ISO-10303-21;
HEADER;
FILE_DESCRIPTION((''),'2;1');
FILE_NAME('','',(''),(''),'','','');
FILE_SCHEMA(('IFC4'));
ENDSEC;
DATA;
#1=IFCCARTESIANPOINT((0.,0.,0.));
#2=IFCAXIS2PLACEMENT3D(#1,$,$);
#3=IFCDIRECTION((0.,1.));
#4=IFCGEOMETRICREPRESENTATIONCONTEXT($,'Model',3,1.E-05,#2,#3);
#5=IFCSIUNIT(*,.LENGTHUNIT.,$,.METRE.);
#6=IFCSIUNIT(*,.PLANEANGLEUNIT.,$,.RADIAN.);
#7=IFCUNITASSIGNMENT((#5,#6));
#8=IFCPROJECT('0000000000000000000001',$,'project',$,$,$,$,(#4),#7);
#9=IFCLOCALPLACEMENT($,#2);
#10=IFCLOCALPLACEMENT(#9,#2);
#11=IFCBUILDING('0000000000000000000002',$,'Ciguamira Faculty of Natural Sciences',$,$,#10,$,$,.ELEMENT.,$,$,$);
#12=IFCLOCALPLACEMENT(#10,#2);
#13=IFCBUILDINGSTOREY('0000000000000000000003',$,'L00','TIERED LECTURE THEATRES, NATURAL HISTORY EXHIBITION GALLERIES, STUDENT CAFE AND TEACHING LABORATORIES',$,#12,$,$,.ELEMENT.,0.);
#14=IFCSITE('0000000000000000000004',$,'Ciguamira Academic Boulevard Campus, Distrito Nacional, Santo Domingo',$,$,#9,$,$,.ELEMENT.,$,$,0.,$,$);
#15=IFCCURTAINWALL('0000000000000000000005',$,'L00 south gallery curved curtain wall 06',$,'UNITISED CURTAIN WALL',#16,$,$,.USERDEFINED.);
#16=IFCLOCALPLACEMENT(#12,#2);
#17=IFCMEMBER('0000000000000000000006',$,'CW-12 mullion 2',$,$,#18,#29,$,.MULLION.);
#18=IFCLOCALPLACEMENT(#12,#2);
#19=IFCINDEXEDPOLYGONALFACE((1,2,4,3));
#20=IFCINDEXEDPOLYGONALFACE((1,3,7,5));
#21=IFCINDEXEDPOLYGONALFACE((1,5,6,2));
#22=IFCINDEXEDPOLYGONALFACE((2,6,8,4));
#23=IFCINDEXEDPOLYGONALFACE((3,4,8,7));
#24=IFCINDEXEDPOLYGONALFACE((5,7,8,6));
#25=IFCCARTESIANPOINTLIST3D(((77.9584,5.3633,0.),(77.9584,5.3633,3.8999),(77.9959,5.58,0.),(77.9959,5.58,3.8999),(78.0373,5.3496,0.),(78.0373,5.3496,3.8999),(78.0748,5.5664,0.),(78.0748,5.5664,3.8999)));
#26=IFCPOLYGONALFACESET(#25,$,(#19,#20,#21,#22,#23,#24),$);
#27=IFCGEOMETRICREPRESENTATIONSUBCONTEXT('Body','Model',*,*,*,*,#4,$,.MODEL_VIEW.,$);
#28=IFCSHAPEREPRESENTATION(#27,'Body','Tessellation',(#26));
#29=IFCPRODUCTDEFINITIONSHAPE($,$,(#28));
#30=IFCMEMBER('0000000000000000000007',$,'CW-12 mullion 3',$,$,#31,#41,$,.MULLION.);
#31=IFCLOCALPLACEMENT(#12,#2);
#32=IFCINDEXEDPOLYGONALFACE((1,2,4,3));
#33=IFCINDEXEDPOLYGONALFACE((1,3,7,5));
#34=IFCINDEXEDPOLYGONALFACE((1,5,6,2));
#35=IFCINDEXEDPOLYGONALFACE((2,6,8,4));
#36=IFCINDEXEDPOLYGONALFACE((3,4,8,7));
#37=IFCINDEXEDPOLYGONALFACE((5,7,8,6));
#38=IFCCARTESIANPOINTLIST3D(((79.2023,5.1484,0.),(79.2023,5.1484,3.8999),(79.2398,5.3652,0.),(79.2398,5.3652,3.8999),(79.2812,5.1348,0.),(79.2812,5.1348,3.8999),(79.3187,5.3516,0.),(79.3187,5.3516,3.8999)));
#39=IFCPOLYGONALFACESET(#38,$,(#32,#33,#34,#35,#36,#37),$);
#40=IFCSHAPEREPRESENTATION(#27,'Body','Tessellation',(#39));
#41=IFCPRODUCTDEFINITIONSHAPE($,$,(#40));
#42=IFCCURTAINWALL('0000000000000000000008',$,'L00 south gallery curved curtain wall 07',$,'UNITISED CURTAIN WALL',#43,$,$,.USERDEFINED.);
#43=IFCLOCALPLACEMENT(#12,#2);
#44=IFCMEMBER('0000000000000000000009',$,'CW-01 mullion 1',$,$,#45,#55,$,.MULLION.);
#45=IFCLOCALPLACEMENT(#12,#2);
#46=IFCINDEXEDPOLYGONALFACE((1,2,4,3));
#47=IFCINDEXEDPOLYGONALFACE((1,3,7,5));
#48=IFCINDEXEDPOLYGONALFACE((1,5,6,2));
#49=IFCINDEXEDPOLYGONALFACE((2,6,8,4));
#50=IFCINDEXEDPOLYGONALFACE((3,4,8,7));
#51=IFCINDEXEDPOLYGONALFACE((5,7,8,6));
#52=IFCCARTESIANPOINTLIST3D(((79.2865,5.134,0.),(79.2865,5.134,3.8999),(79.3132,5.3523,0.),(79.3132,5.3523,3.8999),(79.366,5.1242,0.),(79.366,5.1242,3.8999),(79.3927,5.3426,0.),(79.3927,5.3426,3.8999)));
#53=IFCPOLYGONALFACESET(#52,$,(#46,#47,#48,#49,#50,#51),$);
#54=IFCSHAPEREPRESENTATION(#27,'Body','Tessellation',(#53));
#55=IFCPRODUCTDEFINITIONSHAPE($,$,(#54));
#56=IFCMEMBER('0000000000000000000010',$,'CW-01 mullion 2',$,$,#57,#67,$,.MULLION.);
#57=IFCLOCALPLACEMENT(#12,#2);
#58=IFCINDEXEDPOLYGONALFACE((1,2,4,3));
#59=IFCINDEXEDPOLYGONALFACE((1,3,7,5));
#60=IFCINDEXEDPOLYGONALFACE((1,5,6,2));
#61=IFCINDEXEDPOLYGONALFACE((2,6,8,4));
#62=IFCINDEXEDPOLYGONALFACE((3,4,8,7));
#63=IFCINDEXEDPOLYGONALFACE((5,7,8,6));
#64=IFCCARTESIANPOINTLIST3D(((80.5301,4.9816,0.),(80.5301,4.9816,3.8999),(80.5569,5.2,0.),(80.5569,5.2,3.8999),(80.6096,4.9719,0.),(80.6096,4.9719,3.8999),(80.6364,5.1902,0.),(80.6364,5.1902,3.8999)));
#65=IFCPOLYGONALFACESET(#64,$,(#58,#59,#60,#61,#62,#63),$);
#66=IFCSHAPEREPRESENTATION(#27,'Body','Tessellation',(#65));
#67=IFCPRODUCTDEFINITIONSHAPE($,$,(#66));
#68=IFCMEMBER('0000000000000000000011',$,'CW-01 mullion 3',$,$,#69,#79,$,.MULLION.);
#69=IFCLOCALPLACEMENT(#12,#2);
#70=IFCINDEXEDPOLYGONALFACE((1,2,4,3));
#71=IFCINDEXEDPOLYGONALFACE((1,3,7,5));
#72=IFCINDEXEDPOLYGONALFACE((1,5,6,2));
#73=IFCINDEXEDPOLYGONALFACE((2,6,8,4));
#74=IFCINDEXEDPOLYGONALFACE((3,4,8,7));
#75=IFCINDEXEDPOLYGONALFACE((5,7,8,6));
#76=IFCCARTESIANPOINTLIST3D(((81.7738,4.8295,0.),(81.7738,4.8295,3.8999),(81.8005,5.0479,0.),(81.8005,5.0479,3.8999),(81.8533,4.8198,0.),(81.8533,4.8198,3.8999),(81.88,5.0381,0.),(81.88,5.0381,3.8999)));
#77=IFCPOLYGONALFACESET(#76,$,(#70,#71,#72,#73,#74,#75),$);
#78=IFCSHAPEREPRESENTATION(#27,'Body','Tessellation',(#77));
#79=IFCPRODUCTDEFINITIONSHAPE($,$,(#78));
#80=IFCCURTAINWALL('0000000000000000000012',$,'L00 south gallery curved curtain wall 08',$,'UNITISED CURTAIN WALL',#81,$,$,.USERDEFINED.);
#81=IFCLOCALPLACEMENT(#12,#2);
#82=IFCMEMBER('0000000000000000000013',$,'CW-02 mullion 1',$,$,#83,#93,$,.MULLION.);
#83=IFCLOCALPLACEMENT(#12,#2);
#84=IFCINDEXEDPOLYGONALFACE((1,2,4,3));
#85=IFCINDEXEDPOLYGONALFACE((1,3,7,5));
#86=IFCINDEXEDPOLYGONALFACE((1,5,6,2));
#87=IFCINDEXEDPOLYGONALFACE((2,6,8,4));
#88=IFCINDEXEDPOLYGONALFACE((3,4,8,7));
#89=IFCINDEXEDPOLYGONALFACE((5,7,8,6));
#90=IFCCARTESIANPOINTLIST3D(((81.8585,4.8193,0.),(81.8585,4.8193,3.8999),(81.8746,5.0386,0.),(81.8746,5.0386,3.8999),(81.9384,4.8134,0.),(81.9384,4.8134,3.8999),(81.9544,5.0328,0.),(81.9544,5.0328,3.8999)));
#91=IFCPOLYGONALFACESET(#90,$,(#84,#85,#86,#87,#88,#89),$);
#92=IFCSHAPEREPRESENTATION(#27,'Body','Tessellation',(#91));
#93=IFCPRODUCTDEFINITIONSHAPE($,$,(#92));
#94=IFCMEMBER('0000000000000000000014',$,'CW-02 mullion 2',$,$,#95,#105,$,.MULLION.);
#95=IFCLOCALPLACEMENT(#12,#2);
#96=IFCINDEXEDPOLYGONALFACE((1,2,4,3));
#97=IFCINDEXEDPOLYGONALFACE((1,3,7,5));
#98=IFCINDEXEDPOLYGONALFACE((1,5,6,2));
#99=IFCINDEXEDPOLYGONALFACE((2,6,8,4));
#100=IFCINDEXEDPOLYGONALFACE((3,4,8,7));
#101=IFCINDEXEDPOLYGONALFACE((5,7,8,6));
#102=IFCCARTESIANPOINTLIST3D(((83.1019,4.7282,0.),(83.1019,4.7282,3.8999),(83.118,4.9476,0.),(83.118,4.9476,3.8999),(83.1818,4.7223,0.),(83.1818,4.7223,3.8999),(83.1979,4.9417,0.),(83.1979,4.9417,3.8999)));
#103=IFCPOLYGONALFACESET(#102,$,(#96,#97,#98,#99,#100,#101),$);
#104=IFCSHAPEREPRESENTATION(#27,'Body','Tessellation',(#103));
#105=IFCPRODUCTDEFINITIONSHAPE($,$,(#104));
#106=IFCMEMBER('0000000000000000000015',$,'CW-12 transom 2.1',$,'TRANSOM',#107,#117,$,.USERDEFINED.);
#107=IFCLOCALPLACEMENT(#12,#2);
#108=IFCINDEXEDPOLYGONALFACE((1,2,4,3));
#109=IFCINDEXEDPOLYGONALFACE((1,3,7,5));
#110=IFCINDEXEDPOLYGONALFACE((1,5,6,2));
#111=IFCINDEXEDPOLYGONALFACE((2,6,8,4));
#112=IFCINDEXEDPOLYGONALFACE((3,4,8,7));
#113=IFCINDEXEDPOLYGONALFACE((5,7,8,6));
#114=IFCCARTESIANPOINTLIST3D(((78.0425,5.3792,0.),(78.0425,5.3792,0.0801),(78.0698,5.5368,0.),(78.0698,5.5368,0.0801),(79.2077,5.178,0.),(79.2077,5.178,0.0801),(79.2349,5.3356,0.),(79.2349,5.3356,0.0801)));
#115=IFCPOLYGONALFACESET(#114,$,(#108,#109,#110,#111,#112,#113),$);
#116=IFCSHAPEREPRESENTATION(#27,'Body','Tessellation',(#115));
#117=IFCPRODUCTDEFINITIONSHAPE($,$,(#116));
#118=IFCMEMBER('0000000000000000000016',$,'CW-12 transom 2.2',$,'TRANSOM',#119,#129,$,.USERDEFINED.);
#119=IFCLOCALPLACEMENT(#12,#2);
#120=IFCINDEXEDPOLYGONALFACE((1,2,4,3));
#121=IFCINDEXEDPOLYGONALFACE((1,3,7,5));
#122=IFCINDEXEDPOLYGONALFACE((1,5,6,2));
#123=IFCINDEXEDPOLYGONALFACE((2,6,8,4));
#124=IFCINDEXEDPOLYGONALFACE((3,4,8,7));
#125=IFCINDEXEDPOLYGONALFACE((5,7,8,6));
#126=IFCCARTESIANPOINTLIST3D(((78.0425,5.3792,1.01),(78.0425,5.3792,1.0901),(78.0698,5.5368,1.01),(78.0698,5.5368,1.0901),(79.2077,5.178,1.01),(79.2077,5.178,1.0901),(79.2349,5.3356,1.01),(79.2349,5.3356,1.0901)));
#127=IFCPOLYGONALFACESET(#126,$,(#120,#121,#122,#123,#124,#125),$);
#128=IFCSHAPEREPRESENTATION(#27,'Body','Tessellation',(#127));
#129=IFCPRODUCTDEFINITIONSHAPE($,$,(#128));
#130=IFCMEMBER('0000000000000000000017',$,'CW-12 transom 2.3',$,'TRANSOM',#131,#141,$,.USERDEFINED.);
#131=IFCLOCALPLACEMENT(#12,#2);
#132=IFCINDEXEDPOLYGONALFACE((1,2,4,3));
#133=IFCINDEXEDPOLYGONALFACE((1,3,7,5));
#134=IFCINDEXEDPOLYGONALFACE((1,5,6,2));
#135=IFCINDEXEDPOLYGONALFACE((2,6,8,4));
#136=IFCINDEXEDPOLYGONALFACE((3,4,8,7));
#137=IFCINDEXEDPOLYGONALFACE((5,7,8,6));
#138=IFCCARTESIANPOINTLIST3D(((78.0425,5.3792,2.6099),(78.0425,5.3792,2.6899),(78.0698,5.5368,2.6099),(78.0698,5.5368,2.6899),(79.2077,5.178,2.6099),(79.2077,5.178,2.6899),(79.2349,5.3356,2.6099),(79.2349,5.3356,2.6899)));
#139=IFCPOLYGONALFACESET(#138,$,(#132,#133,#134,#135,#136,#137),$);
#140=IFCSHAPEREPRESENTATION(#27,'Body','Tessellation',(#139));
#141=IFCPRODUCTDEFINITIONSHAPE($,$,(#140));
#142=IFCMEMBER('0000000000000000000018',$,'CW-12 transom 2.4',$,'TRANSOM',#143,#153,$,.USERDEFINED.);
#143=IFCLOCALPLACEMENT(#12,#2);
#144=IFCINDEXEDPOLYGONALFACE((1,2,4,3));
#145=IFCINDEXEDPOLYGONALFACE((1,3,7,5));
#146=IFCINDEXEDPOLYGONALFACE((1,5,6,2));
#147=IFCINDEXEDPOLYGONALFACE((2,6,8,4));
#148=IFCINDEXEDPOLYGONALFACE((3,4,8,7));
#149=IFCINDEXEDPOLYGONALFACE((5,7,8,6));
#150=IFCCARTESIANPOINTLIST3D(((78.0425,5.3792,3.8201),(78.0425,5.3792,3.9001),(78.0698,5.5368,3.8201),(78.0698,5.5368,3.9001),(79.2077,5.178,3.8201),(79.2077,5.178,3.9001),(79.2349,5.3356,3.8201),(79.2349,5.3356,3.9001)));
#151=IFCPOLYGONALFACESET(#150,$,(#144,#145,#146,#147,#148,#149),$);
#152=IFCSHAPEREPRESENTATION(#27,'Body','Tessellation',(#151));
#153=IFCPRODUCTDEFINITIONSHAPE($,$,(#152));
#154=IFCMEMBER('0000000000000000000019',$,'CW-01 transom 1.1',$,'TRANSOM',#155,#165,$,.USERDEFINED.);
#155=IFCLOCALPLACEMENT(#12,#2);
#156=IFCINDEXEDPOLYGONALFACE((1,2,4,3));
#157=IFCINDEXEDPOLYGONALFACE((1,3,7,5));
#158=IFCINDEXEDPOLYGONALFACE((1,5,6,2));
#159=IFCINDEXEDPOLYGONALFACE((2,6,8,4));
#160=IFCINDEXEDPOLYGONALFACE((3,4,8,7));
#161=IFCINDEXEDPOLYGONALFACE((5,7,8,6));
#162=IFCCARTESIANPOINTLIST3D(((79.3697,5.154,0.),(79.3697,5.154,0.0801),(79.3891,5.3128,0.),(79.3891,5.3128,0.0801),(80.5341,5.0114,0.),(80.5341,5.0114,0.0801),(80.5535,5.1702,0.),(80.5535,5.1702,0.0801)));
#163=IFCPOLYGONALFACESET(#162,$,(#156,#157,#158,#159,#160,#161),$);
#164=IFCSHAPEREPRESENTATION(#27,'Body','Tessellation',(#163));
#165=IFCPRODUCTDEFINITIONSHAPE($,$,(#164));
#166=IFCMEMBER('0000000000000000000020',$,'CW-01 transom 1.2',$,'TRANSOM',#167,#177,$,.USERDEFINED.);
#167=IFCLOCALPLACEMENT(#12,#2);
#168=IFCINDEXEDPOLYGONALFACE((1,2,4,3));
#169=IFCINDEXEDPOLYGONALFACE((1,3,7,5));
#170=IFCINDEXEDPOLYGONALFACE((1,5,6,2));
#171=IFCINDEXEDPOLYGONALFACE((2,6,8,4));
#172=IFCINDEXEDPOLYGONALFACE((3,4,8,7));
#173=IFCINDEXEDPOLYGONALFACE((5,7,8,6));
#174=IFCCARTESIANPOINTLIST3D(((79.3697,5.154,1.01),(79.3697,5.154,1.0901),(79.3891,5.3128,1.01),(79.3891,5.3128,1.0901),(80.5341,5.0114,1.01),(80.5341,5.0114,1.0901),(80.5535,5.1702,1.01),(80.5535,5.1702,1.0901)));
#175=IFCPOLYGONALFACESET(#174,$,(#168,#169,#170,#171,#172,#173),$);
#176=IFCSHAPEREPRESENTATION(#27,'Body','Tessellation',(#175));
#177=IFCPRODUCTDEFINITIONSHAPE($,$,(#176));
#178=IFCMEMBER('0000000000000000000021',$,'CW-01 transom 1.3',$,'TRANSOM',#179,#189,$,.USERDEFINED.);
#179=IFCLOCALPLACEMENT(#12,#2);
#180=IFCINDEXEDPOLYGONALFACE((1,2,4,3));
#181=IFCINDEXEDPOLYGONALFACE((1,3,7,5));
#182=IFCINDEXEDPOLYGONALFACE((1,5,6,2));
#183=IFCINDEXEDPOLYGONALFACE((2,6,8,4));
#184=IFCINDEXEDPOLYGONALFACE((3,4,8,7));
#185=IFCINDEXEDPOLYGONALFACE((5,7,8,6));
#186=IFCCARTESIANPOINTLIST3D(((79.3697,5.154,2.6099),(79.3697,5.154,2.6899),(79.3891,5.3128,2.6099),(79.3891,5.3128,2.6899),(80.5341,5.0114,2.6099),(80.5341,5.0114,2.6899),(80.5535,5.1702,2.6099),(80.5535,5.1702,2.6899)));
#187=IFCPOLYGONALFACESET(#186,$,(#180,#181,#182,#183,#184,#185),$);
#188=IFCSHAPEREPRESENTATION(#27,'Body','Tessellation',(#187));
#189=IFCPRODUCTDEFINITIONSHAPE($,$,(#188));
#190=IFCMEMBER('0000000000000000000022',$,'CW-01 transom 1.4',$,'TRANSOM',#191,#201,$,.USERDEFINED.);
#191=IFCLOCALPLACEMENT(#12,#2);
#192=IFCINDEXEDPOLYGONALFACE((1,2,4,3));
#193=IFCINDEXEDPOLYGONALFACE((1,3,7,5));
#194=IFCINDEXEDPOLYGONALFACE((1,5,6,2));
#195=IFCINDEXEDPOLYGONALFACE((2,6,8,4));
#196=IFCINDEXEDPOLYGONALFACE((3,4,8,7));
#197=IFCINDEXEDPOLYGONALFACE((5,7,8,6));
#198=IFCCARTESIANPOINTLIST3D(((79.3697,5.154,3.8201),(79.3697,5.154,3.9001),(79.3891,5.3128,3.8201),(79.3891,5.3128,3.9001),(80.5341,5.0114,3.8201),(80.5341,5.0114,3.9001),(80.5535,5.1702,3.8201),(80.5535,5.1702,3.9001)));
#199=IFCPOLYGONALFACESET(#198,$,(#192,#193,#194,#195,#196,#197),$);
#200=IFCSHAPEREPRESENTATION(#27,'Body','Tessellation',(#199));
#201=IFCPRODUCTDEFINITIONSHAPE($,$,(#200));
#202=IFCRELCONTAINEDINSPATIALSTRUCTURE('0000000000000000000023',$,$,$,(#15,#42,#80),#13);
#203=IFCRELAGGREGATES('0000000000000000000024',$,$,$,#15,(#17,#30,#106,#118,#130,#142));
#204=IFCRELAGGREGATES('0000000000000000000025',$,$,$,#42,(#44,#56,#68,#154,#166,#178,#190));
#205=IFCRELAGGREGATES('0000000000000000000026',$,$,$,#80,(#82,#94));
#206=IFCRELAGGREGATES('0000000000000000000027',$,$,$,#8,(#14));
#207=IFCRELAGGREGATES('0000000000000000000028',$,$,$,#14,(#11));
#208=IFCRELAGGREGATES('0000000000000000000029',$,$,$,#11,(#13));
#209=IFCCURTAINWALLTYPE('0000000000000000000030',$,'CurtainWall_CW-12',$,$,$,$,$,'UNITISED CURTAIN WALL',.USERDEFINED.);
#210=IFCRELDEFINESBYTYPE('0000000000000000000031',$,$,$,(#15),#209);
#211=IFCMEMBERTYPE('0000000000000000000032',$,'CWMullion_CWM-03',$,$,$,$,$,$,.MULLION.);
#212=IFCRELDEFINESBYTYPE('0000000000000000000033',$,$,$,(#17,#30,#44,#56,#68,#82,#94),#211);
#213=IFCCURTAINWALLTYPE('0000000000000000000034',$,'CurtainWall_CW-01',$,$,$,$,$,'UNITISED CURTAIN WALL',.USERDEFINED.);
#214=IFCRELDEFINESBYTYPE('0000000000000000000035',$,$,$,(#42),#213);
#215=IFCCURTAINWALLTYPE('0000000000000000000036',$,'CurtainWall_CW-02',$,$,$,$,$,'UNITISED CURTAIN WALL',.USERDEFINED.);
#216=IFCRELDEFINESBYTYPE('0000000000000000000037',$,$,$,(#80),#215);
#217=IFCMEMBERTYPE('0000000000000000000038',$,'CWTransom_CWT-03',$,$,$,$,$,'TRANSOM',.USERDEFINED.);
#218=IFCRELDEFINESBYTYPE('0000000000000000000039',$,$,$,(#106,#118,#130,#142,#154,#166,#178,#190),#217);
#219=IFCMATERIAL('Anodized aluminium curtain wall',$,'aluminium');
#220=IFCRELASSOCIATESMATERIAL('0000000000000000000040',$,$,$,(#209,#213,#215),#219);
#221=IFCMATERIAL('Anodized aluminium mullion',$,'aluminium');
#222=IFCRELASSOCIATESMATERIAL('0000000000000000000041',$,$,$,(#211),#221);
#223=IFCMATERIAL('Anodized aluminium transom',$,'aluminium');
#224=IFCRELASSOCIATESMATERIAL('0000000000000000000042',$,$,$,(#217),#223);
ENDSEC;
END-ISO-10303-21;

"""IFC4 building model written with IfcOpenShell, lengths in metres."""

from ifc_helpers import new_model, si_unit, direction, frame, origin, origin_2d, place, context, subcontext, project, spatial, rectangle, extrude, material, material_profile, profile_set, type_object, element, aggregate, save


model = new_model("IFC4")

# Units and contexts
model_context = context("Model", 3, precision=1e-05, world=origin(), true_north=direction((0.0, 1.0)))
body_context = subcontext(model_context, "Body", "Model", "MODEL_VIEW")
ifc_project = project(units=[si_unit("LENGTHUNIT", "METRE"), si_unit("PLANEANGLEUNIT", "RADIAN")], contexts=[model_context])

# Site, building, storey
site_placement = place(None, origin())
site = spatial("IfcSite", under=ifc_project, at=site_placement, Name="Ciguamira Academic Boulevard Campus, Distrito Nacional, Santo Domingo", CompositionType="ELEMENT", RefElevation=0.0)
building_placement = place(site_placement, origin())
building = spatial("IfcBuilding", under=site, at=building_placement, Name="Ciguamira Faculty of Natural Sciences", CompositionType="ELEMENT")
storey_placement = place(building_placement, origin())
storey = spatial("IfcBuildingStorey", under=building, at=storey_placement, Name="L00", Description="TIERED LECTURE THEATRES, NATURAL HISTORY EXHIBITION GALLERIES, STUDENT CAFE AND TEACHING LABORATORIES", CompositionType="ELEMENT", Elevation=0.0)

# Curtain walls, members
ifc_material_1 = material(Name="Anodized aluminium curtain wall", Category="aluminium")
curtain_wall_type_1 = type_object("IfcCurtainWallType", Name="CurtainWall_CW-12", ElementType="UNITISED CURTAIN WALL", PredefinedType="USERDEFINED", material=ifc_material_1)
curtain_wall_1_placement = place(storey_placement, origin())
curtain_wall_1 = element("IfcCurtainWall", 1, at=curtain_wall_1_placement, inside=storey, type_object=curtain_wall_type_1, Name="L00 south gallery curved curtain wall 06", ObjectType="UNITISED CURTAIN WALL", PredefinedType="USERDEFINED")
ifc_material_2 = material(Name="Anodized aluminium mullion", Category="aluminium")
ifc_material_profile_1 = material_profile(ifc_material_2, rectangle(XDim=0.0801, YDim=0.22, at=origin_2d()), Name="ALU-MUL-80X220")
ifc_profile_set_1 = profile_set([ifc_material_profile_1], Name="Anodized aluminium mullion")
member_type_1 = type_object("IfcMemberType", Name="CWMullion_CWM-03", PredefinedType="MULLION", material=ifc_profile_set_1)
member_1_placement = place(storey_placement, frame((78.0166, 5.4648, 0.0), z_axis=(0.0, 0.0, 1.0), x_axis=(0.985411, -0.170192, 0.0)))
member_1 = element("IfcMember", 2, at=member_1_placement, type_object=member_type_1, Name="CW-12 mullion 2", PredefinedType="MULLION", context=body_context, shape_type="SweptSolid", body=[
    extrude(rectangle(XDim=0.0801, YDim=0.22, at=origin_2d()), origin(), (0.0, 0.0, 1.0), 3.8999),
])
member_2_placement = place(storey_placement, frame((79.2605, 5.25, 0.0), z_axis=(0.0, 0.0, 1.0), x_axis=(0.985411, -0.170192, 0.0)))
member_2 = element("IfcMember", 3, at=member_2_placement, type_object=member_type_1, Name="CW-12 mullion 3", PredefinedType="MULLION", context=body_context, shape_type="SweptSolid", body=[
    extrude(rectangle(XDim=0.0801, YDim=0.22, at=origin_2d()), origin(), (0.0, 0.0, 1.0), 3.8999),
])
curtain_wall_type_2 = type_object("IfcCurtainWallType", Name="CurtainWall_CW-01", ElementType="UNITISED CURTAIN WALL", PredefinedType="USERDEFINED", material=ifc_material_1)
curtain_wall_2_placement = place(storey_placement, origin())
curtain_wall_2 = element("IfcCurtainWall", 4, at=curtain_wall_2_placement, inside=storey, type_object=curtain_wall_type_2, Name="L00 south gallery curved curtain wall 07", ObjectType="UNITISED CURTAIN WALL", PredefinedType="USERDEFINED")
member_3_placement = place(storey_placement, frame((79.3396, 5.2383, 0.0), z_axis=(0.0, 0.0, 1.0), x_axis=(0.992586, -0.121545, 0.0)))
member_3 = element("IfcMember", 5, at=member_3_placement, type_object=member_type_1, Name="CW-01 mullion 1", PredefinedType="MULLION", context=body_context, shape_type="SweptSolid", body=[
    extrude(rectangle(XDim=0.0801, YDim=0.22, at=origin_2d()), origin(), (0.0, 0.0, 1.0), 3.8999),
])
member_4_placement = place(storey_placement, frame((80.5833, 5.0859, 0.0), z_axis=(0.0, 0.0, 1.0), x_axis=(0.992586, -0.121545, 0.0)))
member_4 = element("IfcMember", 6, at=member_4_placement, type_object=member_type_1, Name="CW-01 mullion 2", PredefinedType="MULLION", context=body_context, shape_type="SweptSolid", body=[
    extrude(rectangle(XDim=0.0801, YDim=0.22, at=origin_2d()), origin(), (0.0, 0.0, 1.0), 3.8999),
])
member_5_placement = place(storey_placement, frame((81.8269, 4.9338, 0.0), z_axis=(0.0, 0.0, 1.0), x_axis=(0.992586, -0.121545, 0.0)))
member_5 = element("IfcMember", 7, at=member_5_placement, type_object=member_type_1, Name="CW-01 mullion 3", PredefinedType="MULLION", context=body_context, shape_type="SweptSolid", body=[
    extrude(rectangle(XDim=0.0801, YDim=0.22, at=origin_2d()), origin(), (0.0, 0.0, 1.0), 3.8999),
])
curtain_wall_type_3 = type_object("IfcCurtainWallType", Name="CurtainWall_CW-02", ElementType="UNITISED CURTAIN WALL", PredefinedType="USERDEFINED", material=ifc_material_1)
curtain_wall_3_placement = place(storey_placement, origin())
curtain_wall_3 = element("IfcCurtainWall", 8, at=curtain_wall_3_placement, inside=storey, type_object=curtain_wall_type_3, Name="L00 south gallery curved curtain wall 08", ObjectType="UNITISED CURTAIN WALL", PredefinedType="USERDEFINED")
member_6_placement = place(storey_placement, frame((81.9065, 4.926, 0.0), z_axis=(0.0, 0.0, 1.0), x_axis=(0.997337, -0.072937, 0.0)))
member_6 = element("IfcMember", 9, at=member_6_placement, type_object=member_type_1, Name="CW-02 mullion 1", PredefinedType="MULLION", context=body_context, shape_type="SweptSolid", body=[
    extrude(rectangle(XDim=0.0801, YDim=0.22, at=origin_2d()), origin(), (0.0, 0.0, 1.0), 3.8999),
])
member_7_placement = place(storey_placement, frame((83.1499, 4.835, 0.0), z_axis=(0.0, 0.0, 1.0), x_axis=(0.997337, -0.072937, 0.0)))
member_7 = element("IfcMember", 10, at=member_7_placement, type_object=member_type_1, Name="CW-02 mullion 2", PredefinedType="MULLION", context=body_context, shape_type="SweptSolid", body=[
    extrude(rectangle(XDim=0.0801, YDim=0.22, at=origin_2d()), origin(), (0.0, 0.0, 1.0), 3.8999),
])

# Members
ifc_material_3 = material(Name="Anodized aluminium transom", Category="aluminium")
ifc_material_profile_2 = material_profile(ifc_material_3, rectangle(XDim=0.0801, YDim=0.1599, at=origin_2d()), Name="ALU-TRN-80X160")
ifc_profile_set_2 = profile_set([ifc_material_profile_2], Name="Anodized aluminium transom")
member_type_2 = type_object("IfcMemberType", Name="CWTransom_CWT-03", ElementType="TRANSOM", PredefinedType="USERDEFINED", material=ifc_profile_set_2)
member_8_placement = place(storey_placement, frame((78.0562, 5.458, 0.04), z_axis=(0.985417, -0.170156, 0.0), x_axis=(0.0, 0.0, 1.0)))
member_8 = element("IfcMember", 11, at=member_8_placement, type_object=member_type_2, Name="CW-12 transom 2.1", ObjectType="TRANSOM", PredefinedType="USERDEFINED", context=body_context, shape_type="SweptSolid", body=[
    extrude(rectangle(XDim=0.0801, YDim=0.1599, at=origin_2d()), origin(), (0.0, 0.0, 1.0), 1.1824),
])
member_9_placement = place(storey_placement, frame((78.0562, 5.458, 1.05), z_axis=(0.985417, -0.170156, 0.0), x_axis=(0.0, 0.0, 1.0)))
member_9 = element("IfcMember", 12, at=member_9_placement, type_object=member_type_2, Name="CW-12 transom 2.2", ObjectType="TRANSOM", PredefinedType="USERDEFINED", context=body_context, shape_type="SweptSolid", body=[
    extrude(rectangle(XDim=0.0801, YDim=0.1599, at=origin_2d()), origin(), (0.0, 0.0, 1.0), 1.1824),
])
member_10_placement = place(storey_placement, frame((78.0562, 5.458, 2.6499), z_axis=(0.985417, -0.170156, 0.0), x_axis=(0.0, 0.0, 1.0)))
member_10 = element("IfcMember", 13, at=member_10_placement, type_object=member_type_2, Name="CW-12 transom 2.3", ObjectType="TRANSOM", PredefinedType="USERDEFINED", context=body_context, shape_type="SweptSolid", body=[
    extrude(rectangle(XDim=0.0801, YDim=0.1599, at=origin_2d()), origin(), (0.0, 0.0, 1.0), 1.1824),
])
member_11_placement = place(storey_placement, frame((78.0562, 5.458, 3.8601), z_axis=(0.985417, -0.170156, 0.0), x_axis=(0.0, 0.0, 1.0)))
member_11 = element("IfcMember", 14, at=member_11_placement, type_object=member_type_2, Name="CW-12 transom 2.4", ObjectType="TRANSOM", PredefinedType="USERDEFINED", context=body_context, shape_type="SweptSolid", body=[
    extrude(rectangle(XDim=0.0801, YDim=0.1599, at=origin_2d()), origin(), (0.0, 0.0, 1.0), 1.1824),
])
member_12_placement = place(storey_placement, frame((79.3794, 5.2334, 0.04), z_axis=(0.992585, -0.12155, 0.0), x_axis=(0.0, 0.0, 1.0)))
member_12 = element("IfcMember", 15, at=member_12_placement, type_object=member_type_2, Name="CW-01 transom 1.1", ObjectType="TRANSOM", PredefinedType="USERDEFINED", context=body_context, shape_type="SweptSolid", body=[
    extrude(rectangle(XDim=0.0801, YDim=0.1599, at=origin_2d()), origin(), (0.0, 0.0, 1.0), 1.1731),
])
member_13_placement = place(storey_placement, frame((79.3794, 5.2334, 1.05), z_axis=(0.992585, -0.12155, 0.0), x_axis=(0.0, 0.0, 1.0)))
member_13 = element("IfcMember", 16, at=member_13_placement, type_object=member_type_2, Name="CW-01 transom 1.2", ObjectType="TRANSOM", PredefinedType="USERDEFINED", context=body_context, shape_type="SweptSolid", body=[
    extrude(rectangle(XDim=0.0801, YDim=0.1599, at=origin_2d()), origin(), (0.0, 0.0, 1.0), 1.1731),
])
member_14_placement = place(storey_placement, frame((79.3794, 5.2334, 2.6499), z_axis=(0.992585, -0.12155, 0.0), x_axis=(0.0, 0.0, 1.0)))
member_14 = element("IfcMember", 17, at=member_14_placement, type_object=member_type_2, Name="CW-01 transom 1.3", ObjectType="TRANSOM", PredefinedType="USERDEFINED", context=body_context, shape_type="SweptSolid", body=[
    extrude(rectangle(XDim=0.0801, YDim=0.1599, at=origin_2d()), origin(), (0.0, 0.0, 1.0), 1.1731),
])
member_15_placement = place(storey_placement, frame((79.3794, 5.2334, 3.8601), z_axis=(0.992585, -0.12155, 0.0), x_axis=(0.0, 0.0, 1.0)))
member_15 = element("IfcMember", 18, at=member_15_placement, type_object=member_type_2, Name="CW-01 transom 1.4", ObjectType="TRANSOM", PredefinedType="USERDEFINED", context=body_context, shape_type="SweptSolid", body=[
    extrude(rectangle(XDim=0.0801, YDim=0.1599, at=origin_2d()), origin(), (0.0, 0.0, 1.0), 1.1731),
])

aggregate(curtain_wall_1, [member_1, member_2, member_8, member_9, member_10, member_11])
aggregate(curtain_wall_2, [member_3, member_4, member_5, member_12, member_13, member_14, member_15])
aggregate(curtain_wall_3, [member_6, member_7])

save(model, "model.ifc")
